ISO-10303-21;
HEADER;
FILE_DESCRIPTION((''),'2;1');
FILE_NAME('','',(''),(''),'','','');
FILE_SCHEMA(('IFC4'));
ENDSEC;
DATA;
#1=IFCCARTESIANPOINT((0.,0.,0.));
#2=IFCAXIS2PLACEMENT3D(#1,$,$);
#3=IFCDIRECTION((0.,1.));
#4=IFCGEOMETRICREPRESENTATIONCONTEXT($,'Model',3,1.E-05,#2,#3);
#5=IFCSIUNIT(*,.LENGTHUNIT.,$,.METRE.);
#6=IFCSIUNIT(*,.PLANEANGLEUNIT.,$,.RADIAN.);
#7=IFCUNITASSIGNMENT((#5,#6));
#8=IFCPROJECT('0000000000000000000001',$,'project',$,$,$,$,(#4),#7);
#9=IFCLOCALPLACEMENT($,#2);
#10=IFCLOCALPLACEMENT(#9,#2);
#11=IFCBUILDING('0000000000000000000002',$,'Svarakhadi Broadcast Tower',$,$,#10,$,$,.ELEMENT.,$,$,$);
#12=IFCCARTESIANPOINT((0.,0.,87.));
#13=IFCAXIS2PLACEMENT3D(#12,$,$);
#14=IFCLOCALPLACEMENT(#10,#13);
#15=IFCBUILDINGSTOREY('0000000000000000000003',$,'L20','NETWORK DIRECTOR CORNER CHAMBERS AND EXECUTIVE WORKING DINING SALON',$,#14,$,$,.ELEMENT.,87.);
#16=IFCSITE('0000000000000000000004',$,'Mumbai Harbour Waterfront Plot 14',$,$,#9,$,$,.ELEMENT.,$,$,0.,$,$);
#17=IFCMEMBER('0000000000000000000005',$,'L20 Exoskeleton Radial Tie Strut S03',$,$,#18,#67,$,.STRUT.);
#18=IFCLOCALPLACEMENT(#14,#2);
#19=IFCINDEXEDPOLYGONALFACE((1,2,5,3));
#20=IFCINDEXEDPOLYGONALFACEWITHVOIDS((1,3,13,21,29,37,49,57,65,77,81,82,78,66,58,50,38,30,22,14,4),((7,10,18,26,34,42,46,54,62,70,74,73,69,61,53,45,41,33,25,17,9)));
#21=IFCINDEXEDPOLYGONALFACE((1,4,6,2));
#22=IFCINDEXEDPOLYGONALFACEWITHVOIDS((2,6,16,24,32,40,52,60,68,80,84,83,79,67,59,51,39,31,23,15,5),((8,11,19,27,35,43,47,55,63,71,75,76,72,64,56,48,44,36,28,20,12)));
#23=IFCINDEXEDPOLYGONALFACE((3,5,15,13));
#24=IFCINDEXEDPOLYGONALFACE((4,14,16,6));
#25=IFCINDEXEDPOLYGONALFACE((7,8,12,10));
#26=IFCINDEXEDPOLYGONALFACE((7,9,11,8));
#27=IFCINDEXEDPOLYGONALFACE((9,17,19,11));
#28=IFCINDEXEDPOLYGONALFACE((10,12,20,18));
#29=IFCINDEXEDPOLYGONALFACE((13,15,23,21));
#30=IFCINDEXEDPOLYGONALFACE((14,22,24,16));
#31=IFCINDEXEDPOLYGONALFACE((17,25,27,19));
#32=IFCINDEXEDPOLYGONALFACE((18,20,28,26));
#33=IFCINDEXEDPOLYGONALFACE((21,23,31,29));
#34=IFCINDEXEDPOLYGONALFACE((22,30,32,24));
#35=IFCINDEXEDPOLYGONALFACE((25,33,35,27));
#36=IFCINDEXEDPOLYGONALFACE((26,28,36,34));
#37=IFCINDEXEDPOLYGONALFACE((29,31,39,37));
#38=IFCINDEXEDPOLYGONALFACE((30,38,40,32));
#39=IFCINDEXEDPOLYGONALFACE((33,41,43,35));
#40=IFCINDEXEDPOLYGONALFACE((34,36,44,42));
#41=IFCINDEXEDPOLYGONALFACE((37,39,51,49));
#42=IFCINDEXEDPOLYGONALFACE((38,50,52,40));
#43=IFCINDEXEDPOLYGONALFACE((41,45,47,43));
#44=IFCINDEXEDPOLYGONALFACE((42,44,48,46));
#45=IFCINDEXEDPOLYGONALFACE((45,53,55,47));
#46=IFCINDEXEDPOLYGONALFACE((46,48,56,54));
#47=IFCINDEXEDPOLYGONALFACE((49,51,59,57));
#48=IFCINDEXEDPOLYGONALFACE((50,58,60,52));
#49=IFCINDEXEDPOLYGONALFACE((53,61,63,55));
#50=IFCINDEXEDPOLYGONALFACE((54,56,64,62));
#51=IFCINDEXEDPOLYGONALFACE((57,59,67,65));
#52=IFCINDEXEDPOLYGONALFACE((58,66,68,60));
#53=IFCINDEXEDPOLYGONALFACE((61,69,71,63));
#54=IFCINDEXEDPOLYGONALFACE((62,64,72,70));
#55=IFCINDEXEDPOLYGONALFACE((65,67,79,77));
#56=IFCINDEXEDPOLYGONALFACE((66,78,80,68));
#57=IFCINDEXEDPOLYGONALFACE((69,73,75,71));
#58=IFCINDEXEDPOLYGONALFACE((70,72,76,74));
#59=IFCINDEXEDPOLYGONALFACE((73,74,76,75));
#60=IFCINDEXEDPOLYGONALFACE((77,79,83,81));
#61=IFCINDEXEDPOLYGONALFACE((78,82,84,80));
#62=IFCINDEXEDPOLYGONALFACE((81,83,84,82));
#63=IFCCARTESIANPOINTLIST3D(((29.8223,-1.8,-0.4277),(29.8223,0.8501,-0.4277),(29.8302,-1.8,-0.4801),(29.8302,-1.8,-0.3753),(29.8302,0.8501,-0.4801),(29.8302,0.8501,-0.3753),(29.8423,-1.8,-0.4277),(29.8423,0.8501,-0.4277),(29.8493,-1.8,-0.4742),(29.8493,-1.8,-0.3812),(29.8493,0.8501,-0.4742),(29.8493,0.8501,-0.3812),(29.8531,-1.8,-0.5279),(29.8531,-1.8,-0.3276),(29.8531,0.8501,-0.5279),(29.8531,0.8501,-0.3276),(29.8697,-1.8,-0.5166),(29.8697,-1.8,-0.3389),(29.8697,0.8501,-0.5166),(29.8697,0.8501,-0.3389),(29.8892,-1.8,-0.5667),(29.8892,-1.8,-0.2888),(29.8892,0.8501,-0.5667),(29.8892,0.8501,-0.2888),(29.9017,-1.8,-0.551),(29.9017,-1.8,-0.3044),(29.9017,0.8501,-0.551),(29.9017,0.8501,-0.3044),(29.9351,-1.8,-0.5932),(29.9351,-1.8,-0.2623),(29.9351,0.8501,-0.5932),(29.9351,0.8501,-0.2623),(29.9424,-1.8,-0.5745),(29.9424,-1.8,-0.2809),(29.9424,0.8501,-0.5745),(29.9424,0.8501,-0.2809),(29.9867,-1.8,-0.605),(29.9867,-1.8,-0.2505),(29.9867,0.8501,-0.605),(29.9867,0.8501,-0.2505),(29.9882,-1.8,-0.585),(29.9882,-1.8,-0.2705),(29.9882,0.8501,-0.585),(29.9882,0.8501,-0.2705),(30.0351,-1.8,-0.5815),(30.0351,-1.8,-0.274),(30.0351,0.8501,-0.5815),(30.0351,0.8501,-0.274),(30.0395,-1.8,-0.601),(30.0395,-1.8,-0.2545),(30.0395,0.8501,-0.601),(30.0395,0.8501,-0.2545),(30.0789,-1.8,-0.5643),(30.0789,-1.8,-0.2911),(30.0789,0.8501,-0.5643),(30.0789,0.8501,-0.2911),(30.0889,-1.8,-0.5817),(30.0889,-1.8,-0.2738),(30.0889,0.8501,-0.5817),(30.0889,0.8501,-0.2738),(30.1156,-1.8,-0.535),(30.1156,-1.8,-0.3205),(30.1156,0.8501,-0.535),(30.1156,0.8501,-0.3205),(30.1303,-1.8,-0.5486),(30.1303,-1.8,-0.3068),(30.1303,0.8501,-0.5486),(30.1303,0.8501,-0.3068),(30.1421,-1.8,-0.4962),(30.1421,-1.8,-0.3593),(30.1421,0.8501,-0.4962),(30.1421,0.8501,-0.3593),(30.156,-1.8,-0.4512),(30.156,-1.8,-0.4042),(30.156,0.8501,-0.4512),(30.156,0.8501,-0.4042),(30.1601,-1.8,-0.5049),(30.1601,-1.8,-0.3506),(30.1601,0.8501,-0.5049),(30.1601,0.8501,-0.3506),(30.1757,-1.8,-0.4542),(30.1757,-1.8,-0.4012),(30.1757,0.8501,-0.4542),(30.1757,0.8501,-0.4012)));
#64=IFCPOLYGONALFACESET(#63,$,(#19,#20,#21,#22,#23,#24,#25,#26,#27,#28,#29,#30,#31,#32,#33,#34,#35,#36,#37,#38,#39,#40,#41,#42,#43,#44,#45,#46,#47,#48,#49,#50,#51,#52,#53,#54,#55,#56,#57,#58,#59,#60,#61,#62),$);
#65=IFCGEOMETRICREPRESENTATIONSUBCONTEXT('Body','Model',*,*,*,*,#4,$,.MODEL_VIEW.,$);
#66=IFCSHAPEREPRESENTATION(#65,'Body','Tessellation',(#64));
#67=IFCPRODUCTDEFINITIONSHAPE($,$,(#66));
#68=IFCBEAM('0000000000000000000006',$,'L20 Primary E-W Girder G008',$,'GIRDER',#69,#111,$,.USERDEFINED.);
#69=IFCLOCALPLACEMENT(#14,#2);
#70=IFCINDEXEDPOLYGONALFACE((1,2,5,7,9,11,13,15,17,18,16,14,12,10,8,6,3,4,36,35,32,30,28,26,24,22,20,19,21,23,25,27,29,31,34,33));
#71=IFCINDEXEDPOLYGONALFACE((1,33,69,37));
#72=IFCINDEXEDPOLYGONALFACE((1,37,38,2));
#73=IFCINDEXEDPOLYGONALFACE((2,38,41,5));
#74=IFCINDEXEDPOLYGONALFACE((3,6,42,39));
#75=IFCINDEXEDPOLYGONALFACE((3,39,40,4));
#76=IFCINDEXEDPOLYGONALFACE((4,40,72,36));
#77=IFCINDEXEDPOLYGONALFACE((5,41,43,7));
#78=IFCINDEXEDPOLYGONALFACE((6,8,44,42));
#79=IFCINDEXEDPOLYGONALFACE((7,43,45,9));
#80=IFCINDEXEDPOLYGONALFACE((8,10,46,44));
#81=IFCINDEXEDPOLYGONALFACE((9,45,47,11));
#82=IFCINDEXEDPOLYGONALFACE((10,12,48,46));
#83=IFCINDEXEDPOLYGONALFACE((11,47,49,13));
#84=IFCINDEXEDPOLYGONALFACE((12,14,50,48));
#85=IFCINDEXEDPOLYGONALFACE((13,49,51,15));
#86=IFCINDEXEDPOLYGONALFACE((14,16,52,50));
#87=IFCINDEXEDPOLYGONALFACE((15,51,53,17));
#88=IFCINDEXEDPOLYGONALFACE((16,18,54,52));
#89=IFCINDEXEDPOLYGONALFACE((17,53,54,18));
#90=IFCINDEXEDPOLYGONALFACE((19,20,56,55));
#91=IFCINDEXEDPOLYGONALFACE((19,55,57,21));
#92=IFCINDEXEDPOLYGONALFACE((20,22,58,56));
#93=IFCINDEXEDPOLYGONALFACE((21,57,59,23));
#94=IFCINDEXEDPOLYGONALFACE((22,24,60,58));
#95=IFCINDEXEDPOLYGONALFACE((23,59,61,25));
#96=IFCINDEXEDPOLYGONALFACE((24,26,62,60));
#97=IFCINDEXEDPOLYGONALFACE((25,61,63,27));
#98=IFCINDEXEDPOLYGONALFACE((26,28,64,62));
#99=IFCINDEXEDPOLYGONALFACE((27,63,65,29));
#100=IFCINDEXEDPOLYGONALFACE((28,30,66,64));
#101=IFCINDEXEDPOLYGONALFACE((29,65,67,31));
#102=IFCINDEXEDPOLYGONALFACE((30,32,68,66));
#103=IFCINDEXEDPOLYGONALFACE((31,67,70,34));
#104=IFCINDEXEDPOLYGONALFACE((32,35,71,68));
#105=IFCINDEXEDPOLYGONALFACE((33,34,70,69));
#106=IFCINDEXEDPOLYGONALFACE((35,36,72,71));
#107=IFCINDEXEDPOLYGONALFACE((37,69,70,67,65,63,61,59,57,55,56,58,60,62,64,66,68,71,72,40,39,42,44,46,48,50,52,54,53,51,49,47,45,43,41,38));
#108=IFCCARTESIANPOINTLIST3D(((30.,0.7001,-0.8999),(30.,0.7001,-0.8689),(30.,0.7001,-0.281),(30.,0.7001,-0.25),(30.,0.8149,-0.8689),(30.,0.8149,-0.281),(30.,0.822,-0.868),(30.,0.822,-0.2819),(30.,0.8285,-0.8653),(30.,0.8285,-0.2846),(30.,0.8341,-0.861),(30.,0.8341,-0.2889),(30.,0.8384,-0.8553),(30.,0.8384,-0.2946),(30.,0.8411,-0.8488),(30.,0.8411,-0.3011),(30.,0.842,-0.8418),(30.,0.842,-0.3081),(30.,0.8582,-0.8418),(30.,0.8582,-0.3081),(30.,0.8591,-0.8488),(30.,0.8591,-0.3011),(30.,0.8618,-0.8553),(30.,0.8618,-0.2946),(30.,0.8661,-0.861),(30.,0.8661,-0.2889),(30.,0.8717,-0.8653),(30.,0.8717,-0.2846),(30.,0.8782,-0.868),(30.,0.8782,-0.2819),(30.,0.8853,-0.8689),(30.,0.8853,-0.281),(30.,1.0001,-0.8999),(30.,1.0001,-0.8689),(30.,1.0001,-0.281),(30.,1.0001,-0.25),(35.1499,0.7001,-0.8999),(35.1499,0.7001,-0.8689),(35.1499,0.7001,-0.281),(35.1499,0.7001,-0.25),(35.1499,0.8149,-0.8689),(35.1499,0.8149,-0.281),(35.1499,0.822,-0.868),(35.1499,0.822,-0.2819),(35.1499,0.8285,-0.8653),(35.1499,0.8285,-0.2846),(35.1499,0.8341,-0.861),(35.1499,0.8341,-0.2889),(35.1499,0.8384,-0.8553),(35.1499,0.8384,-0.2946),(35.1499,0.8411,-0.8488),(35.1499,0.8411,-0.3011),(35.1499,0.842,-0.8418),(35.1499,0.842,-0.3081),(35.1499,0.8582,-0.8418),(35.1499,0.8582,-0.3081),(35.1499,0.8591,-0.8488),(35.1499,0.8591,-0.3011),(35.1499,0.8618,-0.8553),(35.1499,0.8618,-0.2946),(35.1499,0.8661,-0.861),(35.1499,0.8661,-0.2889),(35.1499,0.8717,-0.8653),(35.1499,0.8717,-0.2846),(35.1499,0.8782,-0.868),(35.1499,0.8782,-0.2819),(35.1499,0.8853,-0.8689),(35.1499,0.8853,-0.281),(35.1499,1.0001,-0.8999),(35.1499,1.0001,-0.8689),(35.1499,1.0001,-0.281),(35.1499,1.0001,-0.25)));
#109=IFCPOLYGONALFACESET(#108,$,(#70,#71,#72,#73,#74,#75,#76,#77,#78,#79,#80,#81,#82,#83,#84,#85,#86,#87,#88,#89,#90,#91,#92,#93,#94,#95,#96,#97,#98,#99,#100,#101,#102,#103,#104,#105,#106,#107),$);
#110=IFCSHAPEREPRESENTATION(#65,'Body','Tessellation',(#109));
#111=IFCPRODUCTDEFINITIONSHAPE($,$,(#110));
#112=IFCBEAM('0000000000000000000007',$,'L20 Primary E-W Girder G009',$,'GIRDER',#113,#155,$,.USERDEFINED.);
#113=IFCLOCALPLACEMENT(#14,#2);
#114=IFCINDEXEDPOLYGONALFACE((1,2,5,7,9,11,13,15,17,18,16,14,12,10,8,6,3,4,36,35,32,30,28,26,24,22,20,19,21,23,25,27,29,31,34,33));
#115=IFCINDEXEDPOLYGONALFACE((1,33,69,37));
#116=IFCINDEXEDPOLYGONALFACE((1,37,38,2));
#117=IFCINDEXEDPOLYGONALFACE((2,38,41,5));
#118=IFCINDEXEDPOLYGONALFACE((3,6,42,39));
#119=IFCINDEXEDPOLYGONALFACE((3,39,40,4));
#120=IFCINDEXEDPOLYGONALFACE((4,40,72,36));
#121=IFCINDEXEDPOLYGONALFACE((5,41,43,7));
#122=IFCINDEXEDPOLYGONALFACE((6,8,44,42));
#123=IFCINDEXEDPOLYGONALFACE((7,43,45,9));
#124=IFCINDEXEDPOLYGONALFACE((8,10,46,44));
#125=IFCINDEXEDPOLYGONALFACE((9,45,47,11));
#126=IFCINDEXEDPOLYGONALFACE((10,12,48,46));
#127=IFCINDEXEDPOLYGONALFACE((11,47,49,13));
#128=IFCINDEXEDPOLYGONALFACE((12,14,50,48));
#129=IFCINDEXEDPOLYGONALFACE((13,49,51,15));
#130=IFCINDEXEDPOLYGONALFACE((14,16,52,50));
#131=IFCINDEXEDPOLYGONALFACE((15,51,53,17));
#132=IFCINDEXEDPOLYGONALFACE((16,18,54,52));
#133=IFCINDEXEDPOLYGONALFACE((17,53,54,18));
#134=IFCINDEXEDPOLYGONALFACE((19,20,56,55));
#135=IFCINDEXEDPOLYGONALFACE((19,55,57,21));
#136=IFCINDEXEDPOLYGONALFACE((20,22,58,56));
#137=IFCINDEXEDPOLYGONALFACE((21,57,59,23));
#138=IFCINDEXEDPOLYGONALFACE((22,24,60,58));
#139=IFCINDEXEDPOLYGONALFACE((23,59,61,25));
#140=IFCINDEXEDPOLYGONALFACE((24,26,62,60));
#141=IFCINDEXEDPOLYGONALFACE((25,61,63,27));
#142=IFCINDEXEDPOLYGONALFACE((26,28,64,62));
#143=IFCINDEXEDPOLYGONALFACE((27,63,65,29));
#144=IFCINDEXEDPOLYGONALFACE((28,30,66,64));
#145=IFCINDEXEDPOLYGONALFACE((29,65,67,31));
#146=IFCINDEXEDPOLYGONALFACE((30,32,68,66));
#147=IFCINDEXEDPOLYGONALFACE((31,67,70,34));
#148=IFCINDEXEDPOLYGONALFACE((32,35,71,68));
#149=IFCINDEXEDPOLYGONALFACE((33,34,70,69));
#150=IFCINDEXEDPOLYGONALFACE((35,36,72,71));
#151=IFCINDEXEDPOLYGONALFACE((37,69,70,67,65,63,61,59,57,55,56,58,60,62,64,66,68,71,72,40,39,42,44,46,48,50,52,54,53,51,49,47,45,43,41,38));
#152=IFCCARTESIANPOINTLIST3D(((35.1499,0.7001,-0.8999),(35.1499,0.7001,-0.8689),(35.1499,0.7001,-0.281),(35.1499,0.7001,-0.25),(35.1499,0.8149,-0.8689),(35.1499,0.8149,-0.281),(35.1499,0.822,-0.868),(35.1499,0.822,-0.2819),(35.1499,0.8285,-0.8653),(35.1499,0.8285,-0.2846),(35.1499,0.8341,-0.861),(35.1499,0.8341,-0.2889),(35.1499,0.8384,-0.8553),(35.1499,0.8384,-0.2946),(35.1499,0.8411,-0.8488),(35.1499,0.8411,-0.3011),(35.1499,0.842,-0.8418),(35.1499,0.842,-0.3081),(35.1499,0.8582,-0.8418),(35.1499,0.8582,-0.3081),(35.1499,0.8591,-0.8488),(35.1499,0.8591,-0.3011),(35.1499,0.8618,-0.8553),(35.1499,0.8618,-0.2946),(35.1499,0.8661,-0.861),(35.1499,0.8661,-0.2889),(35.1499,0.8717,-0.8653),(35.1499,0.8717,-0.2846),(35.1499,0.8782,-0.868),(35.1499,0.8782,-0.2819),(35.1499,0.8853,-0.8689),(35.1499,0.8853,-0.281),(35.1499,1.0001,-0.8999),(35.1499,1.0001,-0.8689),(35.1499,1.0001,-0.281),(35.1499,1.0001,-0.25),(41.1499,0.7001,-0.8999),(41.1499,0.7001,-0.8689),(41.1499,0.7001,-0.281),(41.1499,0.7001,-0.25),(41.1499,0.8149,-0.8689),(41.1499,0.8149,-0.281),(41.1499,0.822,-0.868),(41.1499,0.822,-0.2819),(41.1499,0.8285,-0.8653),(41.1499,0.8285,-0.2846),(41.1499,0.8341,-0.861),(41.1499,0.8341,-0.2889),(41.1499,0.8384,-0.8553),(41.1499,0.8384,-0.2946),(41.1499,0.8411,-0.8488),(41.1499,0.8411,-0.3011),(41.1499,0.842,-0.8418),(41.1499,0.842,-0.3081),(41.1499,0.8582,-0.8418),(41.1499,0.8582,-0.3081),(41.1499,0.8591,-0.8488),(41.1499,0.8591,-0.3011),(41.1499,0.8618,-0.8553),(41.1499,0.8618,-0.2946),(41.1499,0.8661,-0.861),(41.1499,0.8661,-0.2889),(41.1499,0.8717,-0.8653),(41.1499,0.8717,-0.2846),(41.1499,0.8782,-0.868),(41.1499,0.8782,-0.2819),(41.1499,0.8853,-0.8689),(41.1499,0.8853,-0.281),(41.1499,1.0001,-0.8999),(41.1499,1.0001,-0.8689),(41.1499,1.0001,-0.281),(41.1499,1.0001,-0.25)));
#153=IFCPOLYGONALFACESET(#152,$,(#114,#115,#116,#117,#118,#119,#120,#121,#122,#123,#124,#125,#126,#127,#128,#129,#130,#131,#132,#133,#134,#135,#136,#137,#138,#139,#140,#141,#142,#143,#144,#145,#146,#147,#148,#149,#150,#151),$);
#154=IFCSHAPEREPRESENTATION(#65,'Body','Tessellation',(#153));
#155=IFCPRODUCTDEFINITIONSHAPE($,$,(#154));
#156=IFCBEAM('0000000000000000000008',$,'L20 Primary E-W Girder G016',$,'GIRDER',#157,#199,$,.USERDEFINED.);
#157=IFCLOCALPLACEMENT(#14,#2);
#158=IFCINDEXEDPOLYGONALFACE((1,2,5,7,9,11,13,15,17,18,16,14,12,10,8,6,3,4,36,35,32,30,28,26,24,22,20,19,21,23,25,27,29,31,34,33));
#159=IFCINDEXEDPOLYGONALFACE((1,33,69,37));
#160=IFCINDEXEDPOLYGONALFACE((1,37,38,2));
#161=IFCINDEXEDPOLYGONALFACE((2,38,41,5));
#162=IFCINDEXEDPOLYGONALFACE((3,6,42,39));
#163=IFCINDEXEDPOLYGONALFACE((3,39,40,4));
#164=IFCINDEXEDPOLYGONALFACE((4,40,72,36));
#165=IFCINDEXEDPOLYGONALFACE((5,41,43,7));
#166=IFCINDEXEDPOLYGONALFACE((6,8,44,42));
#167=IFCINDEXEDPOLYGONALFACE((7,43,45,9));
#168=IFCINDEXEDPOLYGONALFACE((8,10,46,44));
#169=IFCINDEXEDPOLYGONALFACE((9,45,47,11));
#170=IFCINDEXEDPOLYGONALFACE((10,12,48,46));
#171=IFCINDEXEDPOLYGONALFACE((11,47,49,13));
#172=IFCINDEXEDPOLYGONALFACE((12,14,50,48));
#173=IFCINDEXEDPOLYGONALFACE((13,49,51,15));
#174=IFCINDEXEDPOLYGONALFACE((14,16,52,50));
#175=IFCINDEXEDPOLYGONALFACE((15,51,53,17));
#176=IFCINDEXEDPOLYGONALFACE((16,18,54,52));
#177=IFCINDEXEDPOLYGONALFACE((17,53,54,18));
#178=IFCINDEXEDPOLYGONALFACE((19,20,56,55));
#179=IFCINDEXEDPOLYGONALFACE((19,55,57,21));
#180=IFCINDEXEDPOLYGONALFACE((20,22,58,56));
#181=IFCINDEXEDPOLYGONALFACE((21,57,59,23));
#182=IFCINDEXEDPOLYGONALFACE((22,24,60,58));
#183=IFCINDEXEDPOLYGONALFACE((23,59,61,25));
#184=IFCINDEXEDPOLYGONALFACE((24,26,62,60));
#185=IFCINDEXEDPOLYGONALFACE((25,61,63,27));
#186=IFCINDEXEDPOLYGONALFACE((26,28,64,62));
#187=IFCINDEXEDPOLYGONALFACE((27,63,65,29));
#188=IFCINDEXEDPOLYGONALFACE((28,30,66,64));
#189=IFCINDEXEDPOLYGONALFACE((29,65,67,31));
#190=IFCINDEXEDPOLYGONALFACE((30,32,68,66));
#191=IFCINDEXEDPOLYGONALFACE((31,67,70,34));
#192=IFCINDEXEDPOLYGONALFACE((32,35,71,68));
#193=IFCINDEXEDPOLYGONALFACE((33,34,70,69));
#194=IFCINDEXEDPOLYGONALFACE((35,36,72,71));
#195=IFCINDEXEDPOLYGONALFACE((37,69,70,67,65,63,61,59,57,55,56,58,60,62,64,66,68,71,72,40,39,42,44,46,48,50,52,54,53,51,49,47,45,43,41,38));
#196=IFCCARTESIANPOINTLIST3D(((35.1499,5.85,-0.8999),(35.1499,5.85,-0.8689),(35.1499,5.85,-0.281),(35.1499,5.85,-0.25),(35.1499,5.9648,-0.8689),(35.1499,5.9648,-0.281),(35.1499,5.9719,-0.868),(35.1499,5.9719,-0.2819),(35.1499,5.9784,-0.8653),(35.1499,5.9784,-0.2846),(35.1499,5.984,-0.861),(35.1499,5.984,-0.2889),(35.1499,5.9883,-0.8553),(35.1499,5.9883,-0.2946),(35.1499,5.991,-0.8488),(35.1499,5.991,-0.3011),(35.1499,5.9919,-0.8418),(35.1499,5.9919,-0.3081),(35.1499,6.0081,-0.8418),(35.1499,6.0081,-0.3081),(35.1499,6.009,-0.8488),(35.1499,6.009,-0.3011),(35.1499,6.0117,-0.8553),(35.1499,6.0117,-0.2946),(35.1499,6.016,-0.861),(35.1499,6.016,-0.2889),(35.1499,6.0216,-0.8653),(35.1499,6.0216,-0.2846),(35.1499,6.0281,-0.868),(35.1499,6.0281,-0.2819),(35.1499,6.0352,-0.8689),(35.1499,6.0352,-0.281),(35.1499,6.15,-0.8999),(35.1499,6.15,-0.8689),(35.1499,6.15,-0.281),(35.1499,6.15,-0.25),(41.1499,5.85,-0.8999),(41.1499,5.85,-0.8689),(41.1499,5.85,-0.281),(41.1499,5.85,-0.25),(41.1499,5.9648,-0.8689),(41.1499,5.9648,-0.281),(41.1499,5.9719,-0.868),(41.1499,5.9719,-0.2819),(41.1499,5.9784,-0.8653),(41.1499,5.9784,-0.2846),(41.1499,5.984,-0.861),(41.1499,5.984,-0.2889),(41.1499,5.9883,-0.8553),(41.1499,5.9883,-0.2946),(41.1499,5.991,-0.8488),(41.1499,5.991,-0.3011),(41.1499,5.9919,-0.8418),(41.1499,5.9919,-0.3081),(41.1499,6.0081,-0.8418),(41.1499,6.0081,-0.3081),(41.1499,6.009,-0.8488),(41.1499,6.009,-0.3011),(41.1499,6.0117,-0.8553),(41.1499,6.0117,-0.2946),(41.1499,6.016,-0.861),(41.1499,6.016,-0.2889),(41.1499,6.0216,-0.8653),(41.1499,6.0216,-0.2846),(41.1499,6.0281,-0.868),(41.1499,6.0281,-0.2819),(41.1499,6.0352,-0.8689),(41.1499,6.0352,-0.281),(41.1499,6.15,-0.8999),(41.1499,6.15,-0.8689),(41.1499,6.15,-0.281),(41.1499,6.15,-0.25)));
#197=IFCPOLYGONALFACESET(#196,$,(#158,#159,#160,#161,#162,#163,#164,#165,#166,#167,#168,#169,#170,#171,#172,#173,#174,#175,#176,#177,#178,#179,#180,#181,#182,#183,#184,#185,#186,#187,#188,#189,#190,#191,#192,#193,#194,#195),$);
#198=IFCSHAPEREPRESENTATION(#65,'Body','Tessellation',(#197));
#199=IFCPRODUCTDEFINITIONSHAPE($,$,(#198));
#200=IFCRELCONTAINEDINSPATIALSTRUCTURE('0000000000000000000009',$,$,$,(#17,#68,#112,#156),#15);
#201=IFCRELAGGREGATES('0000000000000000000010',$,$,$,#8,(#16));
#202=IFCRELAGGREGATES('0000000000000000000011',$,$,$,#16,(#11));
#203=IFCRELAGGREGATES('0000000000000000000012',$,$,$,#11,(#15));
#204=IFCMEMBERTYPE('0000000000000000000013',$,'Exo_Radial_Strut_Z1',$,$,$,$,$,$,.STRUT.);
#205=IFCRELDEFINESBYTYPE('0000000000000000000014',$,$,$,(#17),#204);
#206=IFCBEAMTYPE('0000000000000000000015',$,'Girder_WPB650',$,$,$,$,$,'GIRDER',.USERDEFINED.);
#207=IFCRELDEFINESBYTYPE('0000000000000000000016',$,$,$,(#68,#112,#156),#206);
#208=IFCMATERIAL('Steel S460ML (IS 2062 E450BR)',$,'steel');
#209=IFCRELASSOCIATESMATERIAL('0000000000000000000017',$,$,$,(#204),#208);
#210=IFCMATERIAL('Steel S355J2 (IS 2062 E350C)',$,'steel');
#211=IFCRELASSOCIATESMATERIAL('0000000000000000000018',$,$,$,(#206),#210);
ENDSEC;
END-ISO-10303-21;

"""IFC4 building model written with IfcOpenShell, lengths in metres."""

from ifc_helpers import new_model, si_unit, direction, frame, origin, origin_2d, place, context, subcontext, project, spatial, hollow_circle, i_section, extrude, material, material_profile, profile_set, type_object, element, save


model = new_model("IFC4")

# Units and contexts
model_context = context("Model", 3, precision=1e-05, world=origin(), true_north=direction((0.0, 1.0)))
body_context = subcontext(model_context, "Body", "Model", "MODEL_VIEW")
ifc_project = project(units=[si_unit("LENGTHUNIT", "METRE"), si_unit("PLANEANGLEUNIT", "RADIAN")], contexts=[model_context])

# Site, building, storey
site_placement = place(None, origin())
site = spatial("IfcSite", under=ifc_project, at=site_placement, Name="Mumbai Harbour Waterfront Plot 14", CompositionType="ELEMENT", RefElevation=0.0)
building_placement = place(site_placement, origin())
building = spatial("IfcBuilding", under=site, at=building_placement, Name="Svarakhadi Broadcast Tower", CompositionType="ELEMENT")
storey_placement = place(building_placement, frame((0.0, 0.0, 87.0)))
storey = spatial("IfcBuildingStorey", under=building, at=storey_placement, Name="L20", Description="NETWORK DIRECTOR CORNER CHAMBERS AND EXECUTIVE WORKING DINING SALON", CompositionType="ELEMENT", Elevation=87.0)

# Shared definitions
ifc_material_1 = material(Name="Steel S460ML (IS 2062 E450BR)", Category="steel")

# Member
ifc_material_profile_1 = material_profile(ifc_material_1, hollow_circle(Radius=0.1777, WallThickness=0.02, at=origin_2d()), Name="CHS 355.6x20")
ifc_profile_set_1 = profile_set([ifc_material_profile_1], Name="Steel S460ML (IS 2062 E450BR)")
member_type_1 = type_object("IfcMemberType", Name="Exo_Radial_Strut_Z1", PredefinedType="STRUT", material=ifc_profile_set_1)
member_1_placement = place(storey_placement, frame((30.0, -1.8, -0.4277), z_axis=(0.0, 1.0, 0.0), x_axis=(-1.0, 0.0, 0.0)))
element("IfcMember", 1, at=member_1_placement, inside=storey, type_object=member_type_1, Name="L20 Exoskeleton Radial Tie Strut S03", PredefinedType="STRUT", context=body_context, shape_type="SweptSolid", body=[
    extrude(hollow_circle(Radius=0.1777, WallThickness=0.02, at=origin_2d()), origin(), (0.0, 0.0, 1.0), 2.6501),
])

# Beams
ifc_material_2 = material(Name="Steel S355J2 (IS 2062 E350C)", Category="steel")
ifc_material_profile_2 = material_profile(ifc_material_2, i_section(OverallWidth=0.3, OverallDepth=0.6499, WebThickness=0.0161, FlangeThickness=0.031, FilletRadius=0.0271, at=origin_2d()), Name="WPB 650x300x225")
ifc_profile_set_2 = profile_set([ifc_material_profile_2], Name="Steel S355J2 (IS 2062 E350C)")
beam_type_1 = type_object("IfcBeamType", Name="Girder_WPB650", ElementType="GIRDER", PredefinedType="USERDEFINED", material=ifc_profile_set_2)
beam_1_placement = place(storey_placement, frame((30.0, 0.8501, -0.575), z_axis=(1.0, 0.0, 0.0), x_axis=(0.0, 1.0, 0.0)))
element("IfcBeam", 2, at=beam_1_placement, inside=storey, type_object=beam_type_1, Name="L20 Primary E-W Girder G008", ObjectType="GIRDER", PredefinedType="USERDEFINED", context=body_context, shape_type="SweptSolid", body=[
    extrude(i_section(OverallWidth=0.3, OverallDepth=0.6499, WebThickness=0.0161, FlangeThickness=0.031, FilletRadius=0.0271, at=origin_2d()), origin(), (0.0, 0.0, 1.0), 5.1499),
])
for number, where, z_axis, x_axis, name in (
    (3, (35.1499, 0.8501, -0.575), (1.0, 0.0, 0.0), (0.0, 1.0, 0.0), "L20 Primary E-W Girder G009"),
    (4, (35.1499, 6.0, -0.575), (1.0, 0.0, 0.0), (0.0, 1.0, 0.0), "L20 Primary E-W Girder G016"),
):
    element("IfcBeam", number, at=place(storey_placement, frame(where, z_axis=z_axis, x_axis=x_axis)), inside=storey, type_object=beam_type_1, Name=name, ObjectType="GIRDER", PredefinedType="USERDEFINED", context=body_context, shape_type="SweptSolid", body=[
        extrude(i_section(OverallWidth=0.3, OverallDepth=0.6499, WebThickness=0.0161, FlangeThickness=0.031, FilletRadius=0.0271, at=origin_2d()), origin(), (0.0, 0.0, 1.0), 6.0),
    ])

save(model, "model.ifc")
